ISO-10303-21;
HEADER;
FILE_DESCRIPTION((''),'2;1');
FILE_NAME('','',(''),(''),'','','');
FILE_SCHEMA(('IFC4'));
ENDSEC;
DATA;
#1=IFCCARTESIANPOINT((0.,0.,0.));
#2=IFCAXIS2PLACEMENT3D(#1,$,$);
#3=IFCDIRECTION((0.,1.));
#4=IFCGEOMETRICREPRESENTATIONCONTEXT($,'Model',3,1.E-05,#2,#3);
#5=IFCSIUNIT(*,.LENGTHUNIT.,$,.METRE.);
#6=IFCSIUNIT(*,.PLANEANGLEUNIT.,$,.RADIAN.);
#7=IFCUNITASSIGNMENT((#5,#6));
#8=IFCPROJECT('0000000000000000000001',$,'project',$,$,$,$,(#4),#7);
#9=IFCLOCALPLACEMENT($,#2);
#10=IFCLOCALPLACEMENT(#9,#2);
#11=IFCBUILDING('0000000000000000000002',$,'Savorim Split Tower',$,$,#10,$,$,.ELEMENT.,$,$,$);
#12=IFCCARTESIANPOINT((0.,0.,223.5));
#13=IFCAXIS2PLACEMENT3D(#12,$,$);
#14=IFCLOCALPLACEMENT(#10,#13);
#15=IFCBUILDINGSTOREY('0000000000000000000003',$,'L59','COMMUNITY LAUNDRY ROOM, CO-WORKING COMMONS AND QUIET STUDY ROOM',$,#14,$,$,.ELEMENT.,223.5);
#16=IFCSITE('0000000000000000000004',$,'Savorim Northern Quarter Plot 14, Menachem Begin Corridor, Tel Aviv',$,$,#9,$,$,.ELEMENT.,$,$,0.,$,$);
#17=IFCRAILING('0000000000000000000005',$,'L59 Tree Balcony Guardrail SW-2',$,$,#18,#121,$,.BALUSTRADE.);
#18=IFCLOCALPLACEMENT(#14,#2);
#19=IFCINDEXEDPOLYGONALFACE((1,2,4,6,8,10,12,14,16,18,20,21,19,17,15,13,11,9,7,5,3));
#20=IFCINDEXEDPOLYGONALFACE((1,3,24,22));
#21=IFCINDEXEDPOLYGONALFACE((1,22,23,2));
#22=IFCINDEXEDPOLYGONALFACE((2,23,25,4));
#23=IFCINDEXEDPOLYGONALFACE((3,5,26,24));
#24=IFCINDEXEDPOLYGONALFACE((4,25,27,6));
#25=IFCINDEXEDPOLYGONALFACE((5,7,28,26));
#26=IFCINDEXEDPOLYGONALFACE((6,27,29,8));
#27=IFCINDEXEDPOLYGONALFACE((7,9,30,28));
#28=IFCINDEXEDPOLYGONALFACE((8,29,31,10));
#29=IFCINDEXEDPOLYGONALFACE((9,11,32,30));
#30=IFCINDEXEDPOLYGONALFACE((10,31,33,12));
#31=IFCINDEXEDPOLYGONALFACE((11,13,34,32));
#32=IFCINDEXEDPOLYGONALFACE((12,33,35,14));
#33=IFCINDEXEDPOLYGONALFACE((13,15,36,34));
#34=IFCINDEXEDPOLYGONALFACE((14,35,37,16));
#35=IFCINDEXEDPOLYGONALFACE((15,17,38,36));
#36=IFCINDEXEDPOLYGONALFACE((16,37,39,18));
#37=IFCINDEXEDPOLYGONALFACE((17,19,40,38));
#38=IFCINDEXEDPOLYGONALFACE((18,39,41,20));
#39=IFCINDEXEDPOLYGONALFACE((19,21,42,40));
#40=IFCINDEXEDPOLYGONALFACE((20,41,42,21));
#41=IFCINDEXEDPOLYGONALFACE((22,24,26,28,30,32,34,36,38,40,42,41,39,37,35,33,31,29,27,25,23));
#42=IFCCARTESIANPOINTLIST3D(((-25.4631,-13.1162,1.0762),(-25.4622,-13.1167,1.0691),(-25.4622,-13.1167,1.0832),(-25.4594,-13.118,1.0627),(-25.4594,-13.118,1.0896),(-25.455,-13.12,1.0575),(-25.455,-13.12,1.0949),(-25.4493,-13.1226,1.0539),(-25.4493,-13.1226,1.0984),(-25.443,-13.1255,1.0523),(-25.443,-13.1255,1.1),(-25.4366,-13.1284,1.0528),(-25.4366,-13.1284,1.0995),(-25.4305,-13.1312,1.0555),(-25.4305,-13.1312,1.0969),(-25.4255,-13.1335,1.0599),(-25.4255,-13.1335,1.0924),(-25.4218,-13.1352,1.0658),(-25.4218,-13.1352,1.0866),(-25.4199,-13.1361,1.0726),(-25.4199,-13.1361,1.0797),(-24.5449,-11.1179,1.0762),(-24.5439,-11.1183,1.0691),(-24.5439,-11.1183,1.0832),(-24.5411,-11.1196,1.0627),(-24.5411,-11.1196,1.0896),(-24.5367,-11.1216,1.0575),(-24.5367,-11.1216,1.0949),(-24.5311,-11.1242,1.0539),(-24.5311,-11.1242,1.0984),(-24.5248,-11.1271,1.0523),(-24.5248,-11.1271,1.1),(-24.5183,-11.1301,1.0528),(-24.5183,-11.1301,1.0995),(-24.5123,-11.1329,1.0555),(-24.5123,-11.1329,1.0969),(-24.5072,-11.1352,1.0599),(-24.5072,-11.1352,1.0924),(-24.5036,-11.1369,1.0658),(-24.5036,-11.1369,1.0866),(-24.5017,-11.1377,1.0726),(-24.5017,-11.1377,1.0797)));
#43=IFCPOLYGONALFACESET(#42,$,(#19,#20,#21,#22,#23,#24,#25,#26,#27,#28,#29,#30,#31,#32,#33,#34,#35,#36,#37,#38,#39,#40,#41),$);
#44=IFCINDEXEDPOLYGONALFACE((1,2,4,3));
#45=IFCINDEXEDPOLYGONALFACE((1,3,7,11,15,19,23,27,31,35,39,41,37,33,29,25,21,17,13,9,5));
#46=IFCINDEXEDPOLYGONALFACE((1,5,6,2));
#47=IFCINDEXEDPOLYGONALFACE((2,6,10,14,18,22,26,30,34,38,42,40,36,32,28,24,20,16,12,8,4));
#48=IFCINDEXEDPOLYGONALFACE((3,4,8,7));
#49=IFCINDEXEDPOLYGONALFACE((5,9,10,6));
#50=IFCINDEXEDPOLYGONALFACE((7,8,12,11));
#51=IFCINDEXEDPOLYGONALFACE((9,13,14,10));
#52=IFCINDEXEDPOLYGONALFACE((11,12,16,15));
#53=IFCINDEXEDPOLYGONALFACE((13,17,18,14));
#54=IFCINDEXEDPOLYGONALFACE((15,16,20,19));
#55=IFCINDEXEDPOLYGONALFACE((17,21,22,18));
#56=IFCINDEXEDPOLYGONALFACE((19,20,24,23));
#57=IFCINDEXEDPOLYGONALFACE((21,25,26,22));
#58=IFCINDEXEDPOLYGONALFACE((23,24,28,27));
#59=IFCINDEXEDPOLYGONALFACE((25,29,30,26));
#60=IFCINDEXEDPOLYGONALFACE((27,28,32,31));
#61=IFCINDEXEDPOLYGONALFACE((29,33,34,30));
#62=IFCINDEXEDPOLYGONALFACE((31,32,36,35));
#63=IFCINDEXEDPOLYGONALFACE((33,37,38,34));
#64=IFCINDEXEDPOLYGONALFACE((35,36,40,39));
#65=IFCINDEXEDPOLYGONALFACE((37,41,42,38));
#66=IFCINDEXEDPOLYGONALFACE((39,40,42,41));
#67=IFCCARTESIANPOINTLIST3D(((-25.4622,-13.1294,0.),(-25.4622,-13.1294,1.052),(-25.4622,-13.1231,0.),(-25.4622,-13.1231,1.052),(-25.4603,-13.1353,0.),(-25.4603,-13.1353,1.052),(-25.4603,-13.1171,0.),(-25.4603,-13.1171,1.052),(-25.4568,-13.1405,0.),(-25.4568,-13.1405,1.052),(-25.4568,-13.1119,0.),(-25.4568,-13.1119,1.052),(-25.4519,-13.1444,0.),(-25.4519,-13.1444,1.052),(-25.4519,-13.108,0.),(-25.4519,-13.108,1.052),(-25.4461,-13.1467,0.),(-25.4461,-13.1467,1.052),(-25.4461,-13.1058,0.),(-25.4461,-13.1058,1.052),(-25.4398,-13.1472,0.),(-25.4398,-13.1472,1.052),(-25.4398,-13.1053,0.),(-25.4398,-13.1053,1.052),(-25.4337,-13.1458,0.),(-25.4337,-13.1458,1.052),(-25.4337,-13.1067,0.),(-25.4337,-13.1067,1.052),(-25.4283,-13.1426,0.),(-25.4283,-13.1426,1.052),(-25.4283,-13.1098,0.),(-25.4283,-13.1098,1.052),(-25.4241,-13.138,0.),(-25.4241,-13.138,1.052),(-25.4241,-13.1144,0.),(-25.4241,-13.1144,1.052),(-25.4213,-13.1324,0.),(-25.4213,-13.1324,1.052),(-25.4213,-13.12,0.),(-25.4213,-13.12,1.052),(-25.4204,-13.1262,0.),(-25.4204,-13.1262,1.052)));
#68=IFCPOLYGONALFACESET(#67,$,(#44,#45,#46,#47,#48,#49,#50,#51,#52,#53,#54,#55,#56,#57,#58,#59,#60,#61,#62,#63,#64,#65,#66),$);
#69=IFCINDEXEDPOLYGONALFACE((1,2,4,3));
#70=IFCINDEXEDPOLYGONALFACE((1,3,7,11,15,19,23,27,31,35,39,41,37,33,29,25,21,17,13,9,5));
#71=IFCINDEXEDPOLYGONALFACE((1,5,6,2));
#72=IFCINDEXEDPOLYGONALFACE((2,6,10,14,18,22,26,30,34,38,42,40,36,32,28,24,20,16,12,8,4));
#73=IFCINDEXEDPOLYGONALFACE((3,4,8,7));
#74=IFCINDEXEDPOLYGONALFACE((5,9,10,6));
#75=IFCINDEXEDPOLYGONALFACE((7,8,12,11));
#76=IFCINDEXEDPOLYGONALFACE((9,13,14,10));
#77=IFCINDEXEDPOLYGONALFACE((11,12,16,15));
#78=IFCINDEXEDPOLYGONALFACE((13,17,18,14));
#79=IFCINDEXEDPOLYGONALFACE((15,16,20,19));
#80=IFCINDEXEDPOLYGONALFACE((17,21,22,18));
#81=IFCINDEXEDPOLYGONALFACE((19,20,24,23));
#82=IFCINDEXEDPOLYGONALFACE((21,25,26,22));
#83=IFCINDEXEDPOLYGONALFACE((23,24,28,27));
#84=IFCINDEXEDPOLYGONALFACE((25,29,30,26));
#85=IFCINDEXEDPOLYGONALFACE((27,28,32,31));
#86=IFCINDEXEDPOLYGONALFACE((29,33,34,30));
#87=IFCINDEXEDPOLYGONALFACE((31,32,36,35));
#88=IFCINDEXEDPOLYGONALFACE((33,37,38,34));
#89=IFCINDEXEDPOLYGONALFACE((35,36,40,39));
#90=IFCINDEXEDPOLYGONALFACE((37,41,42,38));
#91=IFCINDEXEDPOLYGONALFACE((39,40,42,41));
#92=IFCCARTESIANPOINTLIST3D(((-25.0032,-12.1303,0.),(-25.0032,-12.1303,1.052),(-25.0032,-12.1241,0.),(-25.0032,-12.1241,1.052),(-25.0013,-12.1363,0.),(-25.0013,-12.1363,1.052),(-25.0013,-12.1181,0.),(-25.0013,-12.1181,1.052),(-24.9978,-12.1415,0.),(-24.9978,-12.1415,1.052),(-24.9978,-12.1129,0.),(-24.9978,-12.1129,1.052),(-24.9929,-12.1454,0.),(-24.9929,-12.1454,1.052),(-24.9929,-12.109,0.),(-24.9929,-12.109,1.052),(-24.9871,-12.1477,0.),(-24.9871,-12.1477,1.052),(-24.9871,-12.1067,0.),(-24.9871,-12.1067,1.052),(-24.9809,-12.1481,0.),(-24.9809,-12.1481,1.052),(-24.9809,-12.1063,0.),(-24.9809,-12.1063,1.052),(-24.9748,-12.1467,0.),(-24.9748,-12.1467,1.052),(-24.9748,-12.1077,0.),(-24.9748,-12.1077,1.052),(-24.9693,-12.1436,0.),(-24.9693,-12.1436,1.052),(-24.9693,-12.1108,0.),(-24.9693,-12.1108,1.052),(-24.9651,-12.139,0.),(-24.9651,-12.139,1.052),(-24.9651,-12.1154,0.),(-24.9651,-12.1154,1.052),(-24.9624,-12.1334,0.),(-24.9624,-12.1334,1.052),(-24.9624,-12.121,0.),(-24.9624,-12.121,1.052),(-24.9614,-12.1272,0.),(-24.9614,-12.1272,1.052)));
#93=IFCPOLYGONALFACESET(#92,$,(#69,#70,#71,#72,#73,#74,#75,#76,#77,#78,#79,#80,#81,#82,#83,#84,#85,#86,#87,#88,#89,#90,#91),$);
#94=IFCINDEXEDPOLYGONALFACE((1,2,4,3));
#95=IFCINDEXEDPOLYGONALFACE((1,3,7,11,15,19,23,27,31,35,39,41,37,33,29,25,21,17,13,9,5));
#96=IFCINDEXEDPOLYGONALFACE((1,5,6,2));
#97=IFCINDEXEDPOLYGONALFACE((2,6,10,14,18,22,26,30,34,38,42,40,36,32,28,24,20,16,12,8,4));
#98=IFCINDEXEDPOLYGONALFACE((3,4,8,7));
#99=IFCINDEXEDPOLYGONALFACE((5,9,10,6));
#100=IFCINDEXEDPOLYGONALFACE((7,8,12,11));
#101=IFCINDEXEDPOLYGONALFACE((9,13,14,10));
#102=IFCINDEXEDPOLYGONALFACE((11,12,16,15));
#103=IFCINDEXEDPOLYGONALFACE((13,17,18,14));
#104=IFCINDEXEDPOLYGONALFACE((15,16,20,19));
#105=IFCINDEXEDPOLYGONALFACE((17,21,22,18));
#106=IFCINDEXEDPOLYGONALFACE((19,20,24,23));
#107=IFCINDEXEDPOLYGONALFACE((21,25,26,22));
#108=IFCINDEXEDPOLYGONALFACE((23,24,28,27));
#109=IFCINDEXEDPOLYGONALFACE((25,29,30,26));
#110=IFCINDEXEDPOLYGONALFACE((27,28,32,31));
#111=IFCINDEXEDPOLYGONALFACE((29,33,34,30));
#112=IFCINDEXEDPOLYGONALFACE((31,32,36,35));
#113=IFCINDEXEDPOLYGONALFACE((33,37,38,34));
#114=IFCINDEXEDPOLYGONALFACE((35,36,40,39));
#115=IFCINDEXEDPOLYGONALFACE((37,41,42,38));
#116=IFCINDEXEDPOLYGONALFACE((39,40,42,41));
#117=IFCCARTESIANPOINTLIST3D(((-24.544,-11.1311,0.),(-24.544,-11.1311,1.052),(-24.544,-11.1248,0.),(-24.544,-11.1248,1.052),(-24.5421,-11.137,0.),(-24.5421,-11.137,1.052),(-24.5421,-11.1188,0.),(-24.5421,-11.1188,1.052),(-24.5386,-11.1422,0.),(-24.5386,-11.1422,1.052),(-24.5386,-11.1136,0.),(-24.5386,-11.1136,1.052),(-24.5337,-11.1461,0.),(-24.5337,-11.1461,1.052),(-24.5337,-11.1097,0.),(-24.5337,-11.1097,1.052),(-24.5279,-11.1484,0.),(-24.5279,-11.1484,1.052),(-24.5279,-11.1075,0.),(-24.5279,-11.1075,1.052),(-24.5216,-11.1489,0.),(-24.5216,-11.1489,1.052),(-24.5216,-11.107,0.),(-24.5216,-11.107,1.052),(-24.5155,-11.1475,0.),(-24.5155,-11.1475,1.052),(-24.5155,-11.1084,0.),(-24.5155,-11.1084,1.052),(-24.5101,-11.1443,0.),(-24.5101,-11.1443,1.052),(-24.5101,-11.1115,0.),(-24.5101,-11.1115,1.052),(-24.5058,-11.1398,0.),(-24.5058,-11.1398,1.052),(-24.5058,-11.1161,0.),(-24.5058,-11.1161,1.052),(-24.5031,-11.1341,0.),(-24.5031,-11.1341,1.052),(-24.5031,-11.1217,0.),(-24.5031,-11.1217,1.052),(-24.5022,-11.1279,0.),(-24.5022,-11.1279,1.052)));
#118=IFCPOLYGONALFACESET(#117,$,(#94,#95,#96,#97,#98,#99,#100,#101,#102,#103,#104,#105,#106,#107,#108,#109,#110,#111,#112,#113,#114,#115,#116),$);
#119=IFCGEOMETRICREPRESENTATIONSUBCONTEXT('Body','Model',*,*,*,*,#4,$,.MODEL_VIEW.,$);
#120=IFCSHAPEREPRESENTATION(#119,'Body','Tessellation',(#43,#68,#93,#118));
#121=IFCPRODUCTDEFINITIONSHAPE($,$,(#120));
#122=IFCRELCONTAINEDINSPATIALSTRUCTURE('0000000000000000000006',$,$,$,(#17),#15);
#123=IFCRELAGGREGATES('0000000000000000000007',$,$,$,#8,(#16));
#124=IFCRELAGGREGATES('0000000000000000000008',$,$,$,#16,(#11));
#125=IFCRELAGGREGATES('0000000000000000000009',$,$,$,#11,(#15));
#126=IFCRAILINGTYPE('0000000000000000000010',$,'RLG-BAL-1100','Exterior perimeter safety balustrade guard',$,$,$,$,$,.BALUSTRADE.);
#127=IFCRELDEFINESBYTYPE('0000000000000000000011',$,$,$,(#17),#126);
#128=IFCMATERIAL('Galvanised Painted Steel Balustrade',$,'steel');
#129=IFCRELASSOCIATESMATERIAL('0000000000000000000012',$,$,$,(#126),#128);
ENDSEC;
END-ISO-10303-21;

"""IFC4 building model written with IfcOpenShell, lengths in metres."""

from ifc_helpers import new_model, si_unit, direction, frame, origin, origin_2d, place, context, subcontext, project, spatial, circle, extrude, material, type_object, element, save


model = new_model("IFC4")

# Units and contexts
model_context = context("Model", 3, precision=1e-05, world=origin(), true_north=direction((0.0, 1.0)))
body_context = subcontext(model_context, "Body", "Model", "MODEL_VIEW")
ifc_project = project(units=[si_unit("LENGTHUNIT", "METRE"), si_unit("PLANEANGLEUNIT", "RADIAN")], contexts=[model_context])

# Site, building, storey
site_placement = place(None, origin())
site = spatial("IfcSite", under=ifc_project, at=site_placement, Name="Savorim Northern Quarter Plot 14, Menachem Begin Corridor, Tel Aviv", CompositionType="ELEMENT", RefElevation=0.0)
building_placement = place(site_placement, origin())
building = spatial("IfcBuilding", under=site, at=building_placement, Name="Savorim Split Tower", CompositionType="ELEMENT")
storey_placement = place(building_placement, frame((0.0, 0.0, 223.5)))
storey = spatial("IfcBuildingStorey", under=building, at=storey_placement, Name="L59", Description="COMMUNITY LAUNDRY ROOM, CO-WORKING COMMONS AND QUIET STUDY ROOM", CompositionType="ELEMENT", Elevation=223.5)

# Railing
ifc_material_1 = material(Name="Galvanised Painted Steel Balustrade", Category="steel")
railing_type = type_object("IfcRailingType", Name="RLG-BAL-1100", Description="Exterior perimeter safety balustrade guard", PredefinedType="BALUSTRADE", material=ifc_material_1)
railing_1_placement = place(storey_placement, frame((-25.4414, -13.1262, 0.0)))
element("IfcRailing", 1, at=railing_1_placement, inside=storey, type_object=railing_type, Name="L59 Tree Balcony Guardrail SW-2", PredefinedType="BALUSTRADE", context=body_context, shape_type="SweptSolid", body=[
    extrude(circle(Radius=0.0239, at=origin_2d()), frame((0.0, 0.0, 1.0762), z_axis=(0.41753, 0.908663, 0.0), x_axis=(-0.908663, 0.41753, 0.0)), (0.0, 0.0, 1.0), 2.1992),
    extrude(circle(Radius=0.021, at=origin_2d()), origin(), (0.0, 0.0, 1.0), 1.052),
    extrude(circle(Radius=0.021, at=origin_2d()), frame((0.459, 0.999, 0.0)), (0.0, 0.0, 1.0), 1.052),
    extrude(circle(Radius=0.021, at=origin_2d()), frame((0.9182, 1.9983, 0.0)), (0.0, 0.0, 1.0), 1.052),
])

save(model, "model.ifc")
